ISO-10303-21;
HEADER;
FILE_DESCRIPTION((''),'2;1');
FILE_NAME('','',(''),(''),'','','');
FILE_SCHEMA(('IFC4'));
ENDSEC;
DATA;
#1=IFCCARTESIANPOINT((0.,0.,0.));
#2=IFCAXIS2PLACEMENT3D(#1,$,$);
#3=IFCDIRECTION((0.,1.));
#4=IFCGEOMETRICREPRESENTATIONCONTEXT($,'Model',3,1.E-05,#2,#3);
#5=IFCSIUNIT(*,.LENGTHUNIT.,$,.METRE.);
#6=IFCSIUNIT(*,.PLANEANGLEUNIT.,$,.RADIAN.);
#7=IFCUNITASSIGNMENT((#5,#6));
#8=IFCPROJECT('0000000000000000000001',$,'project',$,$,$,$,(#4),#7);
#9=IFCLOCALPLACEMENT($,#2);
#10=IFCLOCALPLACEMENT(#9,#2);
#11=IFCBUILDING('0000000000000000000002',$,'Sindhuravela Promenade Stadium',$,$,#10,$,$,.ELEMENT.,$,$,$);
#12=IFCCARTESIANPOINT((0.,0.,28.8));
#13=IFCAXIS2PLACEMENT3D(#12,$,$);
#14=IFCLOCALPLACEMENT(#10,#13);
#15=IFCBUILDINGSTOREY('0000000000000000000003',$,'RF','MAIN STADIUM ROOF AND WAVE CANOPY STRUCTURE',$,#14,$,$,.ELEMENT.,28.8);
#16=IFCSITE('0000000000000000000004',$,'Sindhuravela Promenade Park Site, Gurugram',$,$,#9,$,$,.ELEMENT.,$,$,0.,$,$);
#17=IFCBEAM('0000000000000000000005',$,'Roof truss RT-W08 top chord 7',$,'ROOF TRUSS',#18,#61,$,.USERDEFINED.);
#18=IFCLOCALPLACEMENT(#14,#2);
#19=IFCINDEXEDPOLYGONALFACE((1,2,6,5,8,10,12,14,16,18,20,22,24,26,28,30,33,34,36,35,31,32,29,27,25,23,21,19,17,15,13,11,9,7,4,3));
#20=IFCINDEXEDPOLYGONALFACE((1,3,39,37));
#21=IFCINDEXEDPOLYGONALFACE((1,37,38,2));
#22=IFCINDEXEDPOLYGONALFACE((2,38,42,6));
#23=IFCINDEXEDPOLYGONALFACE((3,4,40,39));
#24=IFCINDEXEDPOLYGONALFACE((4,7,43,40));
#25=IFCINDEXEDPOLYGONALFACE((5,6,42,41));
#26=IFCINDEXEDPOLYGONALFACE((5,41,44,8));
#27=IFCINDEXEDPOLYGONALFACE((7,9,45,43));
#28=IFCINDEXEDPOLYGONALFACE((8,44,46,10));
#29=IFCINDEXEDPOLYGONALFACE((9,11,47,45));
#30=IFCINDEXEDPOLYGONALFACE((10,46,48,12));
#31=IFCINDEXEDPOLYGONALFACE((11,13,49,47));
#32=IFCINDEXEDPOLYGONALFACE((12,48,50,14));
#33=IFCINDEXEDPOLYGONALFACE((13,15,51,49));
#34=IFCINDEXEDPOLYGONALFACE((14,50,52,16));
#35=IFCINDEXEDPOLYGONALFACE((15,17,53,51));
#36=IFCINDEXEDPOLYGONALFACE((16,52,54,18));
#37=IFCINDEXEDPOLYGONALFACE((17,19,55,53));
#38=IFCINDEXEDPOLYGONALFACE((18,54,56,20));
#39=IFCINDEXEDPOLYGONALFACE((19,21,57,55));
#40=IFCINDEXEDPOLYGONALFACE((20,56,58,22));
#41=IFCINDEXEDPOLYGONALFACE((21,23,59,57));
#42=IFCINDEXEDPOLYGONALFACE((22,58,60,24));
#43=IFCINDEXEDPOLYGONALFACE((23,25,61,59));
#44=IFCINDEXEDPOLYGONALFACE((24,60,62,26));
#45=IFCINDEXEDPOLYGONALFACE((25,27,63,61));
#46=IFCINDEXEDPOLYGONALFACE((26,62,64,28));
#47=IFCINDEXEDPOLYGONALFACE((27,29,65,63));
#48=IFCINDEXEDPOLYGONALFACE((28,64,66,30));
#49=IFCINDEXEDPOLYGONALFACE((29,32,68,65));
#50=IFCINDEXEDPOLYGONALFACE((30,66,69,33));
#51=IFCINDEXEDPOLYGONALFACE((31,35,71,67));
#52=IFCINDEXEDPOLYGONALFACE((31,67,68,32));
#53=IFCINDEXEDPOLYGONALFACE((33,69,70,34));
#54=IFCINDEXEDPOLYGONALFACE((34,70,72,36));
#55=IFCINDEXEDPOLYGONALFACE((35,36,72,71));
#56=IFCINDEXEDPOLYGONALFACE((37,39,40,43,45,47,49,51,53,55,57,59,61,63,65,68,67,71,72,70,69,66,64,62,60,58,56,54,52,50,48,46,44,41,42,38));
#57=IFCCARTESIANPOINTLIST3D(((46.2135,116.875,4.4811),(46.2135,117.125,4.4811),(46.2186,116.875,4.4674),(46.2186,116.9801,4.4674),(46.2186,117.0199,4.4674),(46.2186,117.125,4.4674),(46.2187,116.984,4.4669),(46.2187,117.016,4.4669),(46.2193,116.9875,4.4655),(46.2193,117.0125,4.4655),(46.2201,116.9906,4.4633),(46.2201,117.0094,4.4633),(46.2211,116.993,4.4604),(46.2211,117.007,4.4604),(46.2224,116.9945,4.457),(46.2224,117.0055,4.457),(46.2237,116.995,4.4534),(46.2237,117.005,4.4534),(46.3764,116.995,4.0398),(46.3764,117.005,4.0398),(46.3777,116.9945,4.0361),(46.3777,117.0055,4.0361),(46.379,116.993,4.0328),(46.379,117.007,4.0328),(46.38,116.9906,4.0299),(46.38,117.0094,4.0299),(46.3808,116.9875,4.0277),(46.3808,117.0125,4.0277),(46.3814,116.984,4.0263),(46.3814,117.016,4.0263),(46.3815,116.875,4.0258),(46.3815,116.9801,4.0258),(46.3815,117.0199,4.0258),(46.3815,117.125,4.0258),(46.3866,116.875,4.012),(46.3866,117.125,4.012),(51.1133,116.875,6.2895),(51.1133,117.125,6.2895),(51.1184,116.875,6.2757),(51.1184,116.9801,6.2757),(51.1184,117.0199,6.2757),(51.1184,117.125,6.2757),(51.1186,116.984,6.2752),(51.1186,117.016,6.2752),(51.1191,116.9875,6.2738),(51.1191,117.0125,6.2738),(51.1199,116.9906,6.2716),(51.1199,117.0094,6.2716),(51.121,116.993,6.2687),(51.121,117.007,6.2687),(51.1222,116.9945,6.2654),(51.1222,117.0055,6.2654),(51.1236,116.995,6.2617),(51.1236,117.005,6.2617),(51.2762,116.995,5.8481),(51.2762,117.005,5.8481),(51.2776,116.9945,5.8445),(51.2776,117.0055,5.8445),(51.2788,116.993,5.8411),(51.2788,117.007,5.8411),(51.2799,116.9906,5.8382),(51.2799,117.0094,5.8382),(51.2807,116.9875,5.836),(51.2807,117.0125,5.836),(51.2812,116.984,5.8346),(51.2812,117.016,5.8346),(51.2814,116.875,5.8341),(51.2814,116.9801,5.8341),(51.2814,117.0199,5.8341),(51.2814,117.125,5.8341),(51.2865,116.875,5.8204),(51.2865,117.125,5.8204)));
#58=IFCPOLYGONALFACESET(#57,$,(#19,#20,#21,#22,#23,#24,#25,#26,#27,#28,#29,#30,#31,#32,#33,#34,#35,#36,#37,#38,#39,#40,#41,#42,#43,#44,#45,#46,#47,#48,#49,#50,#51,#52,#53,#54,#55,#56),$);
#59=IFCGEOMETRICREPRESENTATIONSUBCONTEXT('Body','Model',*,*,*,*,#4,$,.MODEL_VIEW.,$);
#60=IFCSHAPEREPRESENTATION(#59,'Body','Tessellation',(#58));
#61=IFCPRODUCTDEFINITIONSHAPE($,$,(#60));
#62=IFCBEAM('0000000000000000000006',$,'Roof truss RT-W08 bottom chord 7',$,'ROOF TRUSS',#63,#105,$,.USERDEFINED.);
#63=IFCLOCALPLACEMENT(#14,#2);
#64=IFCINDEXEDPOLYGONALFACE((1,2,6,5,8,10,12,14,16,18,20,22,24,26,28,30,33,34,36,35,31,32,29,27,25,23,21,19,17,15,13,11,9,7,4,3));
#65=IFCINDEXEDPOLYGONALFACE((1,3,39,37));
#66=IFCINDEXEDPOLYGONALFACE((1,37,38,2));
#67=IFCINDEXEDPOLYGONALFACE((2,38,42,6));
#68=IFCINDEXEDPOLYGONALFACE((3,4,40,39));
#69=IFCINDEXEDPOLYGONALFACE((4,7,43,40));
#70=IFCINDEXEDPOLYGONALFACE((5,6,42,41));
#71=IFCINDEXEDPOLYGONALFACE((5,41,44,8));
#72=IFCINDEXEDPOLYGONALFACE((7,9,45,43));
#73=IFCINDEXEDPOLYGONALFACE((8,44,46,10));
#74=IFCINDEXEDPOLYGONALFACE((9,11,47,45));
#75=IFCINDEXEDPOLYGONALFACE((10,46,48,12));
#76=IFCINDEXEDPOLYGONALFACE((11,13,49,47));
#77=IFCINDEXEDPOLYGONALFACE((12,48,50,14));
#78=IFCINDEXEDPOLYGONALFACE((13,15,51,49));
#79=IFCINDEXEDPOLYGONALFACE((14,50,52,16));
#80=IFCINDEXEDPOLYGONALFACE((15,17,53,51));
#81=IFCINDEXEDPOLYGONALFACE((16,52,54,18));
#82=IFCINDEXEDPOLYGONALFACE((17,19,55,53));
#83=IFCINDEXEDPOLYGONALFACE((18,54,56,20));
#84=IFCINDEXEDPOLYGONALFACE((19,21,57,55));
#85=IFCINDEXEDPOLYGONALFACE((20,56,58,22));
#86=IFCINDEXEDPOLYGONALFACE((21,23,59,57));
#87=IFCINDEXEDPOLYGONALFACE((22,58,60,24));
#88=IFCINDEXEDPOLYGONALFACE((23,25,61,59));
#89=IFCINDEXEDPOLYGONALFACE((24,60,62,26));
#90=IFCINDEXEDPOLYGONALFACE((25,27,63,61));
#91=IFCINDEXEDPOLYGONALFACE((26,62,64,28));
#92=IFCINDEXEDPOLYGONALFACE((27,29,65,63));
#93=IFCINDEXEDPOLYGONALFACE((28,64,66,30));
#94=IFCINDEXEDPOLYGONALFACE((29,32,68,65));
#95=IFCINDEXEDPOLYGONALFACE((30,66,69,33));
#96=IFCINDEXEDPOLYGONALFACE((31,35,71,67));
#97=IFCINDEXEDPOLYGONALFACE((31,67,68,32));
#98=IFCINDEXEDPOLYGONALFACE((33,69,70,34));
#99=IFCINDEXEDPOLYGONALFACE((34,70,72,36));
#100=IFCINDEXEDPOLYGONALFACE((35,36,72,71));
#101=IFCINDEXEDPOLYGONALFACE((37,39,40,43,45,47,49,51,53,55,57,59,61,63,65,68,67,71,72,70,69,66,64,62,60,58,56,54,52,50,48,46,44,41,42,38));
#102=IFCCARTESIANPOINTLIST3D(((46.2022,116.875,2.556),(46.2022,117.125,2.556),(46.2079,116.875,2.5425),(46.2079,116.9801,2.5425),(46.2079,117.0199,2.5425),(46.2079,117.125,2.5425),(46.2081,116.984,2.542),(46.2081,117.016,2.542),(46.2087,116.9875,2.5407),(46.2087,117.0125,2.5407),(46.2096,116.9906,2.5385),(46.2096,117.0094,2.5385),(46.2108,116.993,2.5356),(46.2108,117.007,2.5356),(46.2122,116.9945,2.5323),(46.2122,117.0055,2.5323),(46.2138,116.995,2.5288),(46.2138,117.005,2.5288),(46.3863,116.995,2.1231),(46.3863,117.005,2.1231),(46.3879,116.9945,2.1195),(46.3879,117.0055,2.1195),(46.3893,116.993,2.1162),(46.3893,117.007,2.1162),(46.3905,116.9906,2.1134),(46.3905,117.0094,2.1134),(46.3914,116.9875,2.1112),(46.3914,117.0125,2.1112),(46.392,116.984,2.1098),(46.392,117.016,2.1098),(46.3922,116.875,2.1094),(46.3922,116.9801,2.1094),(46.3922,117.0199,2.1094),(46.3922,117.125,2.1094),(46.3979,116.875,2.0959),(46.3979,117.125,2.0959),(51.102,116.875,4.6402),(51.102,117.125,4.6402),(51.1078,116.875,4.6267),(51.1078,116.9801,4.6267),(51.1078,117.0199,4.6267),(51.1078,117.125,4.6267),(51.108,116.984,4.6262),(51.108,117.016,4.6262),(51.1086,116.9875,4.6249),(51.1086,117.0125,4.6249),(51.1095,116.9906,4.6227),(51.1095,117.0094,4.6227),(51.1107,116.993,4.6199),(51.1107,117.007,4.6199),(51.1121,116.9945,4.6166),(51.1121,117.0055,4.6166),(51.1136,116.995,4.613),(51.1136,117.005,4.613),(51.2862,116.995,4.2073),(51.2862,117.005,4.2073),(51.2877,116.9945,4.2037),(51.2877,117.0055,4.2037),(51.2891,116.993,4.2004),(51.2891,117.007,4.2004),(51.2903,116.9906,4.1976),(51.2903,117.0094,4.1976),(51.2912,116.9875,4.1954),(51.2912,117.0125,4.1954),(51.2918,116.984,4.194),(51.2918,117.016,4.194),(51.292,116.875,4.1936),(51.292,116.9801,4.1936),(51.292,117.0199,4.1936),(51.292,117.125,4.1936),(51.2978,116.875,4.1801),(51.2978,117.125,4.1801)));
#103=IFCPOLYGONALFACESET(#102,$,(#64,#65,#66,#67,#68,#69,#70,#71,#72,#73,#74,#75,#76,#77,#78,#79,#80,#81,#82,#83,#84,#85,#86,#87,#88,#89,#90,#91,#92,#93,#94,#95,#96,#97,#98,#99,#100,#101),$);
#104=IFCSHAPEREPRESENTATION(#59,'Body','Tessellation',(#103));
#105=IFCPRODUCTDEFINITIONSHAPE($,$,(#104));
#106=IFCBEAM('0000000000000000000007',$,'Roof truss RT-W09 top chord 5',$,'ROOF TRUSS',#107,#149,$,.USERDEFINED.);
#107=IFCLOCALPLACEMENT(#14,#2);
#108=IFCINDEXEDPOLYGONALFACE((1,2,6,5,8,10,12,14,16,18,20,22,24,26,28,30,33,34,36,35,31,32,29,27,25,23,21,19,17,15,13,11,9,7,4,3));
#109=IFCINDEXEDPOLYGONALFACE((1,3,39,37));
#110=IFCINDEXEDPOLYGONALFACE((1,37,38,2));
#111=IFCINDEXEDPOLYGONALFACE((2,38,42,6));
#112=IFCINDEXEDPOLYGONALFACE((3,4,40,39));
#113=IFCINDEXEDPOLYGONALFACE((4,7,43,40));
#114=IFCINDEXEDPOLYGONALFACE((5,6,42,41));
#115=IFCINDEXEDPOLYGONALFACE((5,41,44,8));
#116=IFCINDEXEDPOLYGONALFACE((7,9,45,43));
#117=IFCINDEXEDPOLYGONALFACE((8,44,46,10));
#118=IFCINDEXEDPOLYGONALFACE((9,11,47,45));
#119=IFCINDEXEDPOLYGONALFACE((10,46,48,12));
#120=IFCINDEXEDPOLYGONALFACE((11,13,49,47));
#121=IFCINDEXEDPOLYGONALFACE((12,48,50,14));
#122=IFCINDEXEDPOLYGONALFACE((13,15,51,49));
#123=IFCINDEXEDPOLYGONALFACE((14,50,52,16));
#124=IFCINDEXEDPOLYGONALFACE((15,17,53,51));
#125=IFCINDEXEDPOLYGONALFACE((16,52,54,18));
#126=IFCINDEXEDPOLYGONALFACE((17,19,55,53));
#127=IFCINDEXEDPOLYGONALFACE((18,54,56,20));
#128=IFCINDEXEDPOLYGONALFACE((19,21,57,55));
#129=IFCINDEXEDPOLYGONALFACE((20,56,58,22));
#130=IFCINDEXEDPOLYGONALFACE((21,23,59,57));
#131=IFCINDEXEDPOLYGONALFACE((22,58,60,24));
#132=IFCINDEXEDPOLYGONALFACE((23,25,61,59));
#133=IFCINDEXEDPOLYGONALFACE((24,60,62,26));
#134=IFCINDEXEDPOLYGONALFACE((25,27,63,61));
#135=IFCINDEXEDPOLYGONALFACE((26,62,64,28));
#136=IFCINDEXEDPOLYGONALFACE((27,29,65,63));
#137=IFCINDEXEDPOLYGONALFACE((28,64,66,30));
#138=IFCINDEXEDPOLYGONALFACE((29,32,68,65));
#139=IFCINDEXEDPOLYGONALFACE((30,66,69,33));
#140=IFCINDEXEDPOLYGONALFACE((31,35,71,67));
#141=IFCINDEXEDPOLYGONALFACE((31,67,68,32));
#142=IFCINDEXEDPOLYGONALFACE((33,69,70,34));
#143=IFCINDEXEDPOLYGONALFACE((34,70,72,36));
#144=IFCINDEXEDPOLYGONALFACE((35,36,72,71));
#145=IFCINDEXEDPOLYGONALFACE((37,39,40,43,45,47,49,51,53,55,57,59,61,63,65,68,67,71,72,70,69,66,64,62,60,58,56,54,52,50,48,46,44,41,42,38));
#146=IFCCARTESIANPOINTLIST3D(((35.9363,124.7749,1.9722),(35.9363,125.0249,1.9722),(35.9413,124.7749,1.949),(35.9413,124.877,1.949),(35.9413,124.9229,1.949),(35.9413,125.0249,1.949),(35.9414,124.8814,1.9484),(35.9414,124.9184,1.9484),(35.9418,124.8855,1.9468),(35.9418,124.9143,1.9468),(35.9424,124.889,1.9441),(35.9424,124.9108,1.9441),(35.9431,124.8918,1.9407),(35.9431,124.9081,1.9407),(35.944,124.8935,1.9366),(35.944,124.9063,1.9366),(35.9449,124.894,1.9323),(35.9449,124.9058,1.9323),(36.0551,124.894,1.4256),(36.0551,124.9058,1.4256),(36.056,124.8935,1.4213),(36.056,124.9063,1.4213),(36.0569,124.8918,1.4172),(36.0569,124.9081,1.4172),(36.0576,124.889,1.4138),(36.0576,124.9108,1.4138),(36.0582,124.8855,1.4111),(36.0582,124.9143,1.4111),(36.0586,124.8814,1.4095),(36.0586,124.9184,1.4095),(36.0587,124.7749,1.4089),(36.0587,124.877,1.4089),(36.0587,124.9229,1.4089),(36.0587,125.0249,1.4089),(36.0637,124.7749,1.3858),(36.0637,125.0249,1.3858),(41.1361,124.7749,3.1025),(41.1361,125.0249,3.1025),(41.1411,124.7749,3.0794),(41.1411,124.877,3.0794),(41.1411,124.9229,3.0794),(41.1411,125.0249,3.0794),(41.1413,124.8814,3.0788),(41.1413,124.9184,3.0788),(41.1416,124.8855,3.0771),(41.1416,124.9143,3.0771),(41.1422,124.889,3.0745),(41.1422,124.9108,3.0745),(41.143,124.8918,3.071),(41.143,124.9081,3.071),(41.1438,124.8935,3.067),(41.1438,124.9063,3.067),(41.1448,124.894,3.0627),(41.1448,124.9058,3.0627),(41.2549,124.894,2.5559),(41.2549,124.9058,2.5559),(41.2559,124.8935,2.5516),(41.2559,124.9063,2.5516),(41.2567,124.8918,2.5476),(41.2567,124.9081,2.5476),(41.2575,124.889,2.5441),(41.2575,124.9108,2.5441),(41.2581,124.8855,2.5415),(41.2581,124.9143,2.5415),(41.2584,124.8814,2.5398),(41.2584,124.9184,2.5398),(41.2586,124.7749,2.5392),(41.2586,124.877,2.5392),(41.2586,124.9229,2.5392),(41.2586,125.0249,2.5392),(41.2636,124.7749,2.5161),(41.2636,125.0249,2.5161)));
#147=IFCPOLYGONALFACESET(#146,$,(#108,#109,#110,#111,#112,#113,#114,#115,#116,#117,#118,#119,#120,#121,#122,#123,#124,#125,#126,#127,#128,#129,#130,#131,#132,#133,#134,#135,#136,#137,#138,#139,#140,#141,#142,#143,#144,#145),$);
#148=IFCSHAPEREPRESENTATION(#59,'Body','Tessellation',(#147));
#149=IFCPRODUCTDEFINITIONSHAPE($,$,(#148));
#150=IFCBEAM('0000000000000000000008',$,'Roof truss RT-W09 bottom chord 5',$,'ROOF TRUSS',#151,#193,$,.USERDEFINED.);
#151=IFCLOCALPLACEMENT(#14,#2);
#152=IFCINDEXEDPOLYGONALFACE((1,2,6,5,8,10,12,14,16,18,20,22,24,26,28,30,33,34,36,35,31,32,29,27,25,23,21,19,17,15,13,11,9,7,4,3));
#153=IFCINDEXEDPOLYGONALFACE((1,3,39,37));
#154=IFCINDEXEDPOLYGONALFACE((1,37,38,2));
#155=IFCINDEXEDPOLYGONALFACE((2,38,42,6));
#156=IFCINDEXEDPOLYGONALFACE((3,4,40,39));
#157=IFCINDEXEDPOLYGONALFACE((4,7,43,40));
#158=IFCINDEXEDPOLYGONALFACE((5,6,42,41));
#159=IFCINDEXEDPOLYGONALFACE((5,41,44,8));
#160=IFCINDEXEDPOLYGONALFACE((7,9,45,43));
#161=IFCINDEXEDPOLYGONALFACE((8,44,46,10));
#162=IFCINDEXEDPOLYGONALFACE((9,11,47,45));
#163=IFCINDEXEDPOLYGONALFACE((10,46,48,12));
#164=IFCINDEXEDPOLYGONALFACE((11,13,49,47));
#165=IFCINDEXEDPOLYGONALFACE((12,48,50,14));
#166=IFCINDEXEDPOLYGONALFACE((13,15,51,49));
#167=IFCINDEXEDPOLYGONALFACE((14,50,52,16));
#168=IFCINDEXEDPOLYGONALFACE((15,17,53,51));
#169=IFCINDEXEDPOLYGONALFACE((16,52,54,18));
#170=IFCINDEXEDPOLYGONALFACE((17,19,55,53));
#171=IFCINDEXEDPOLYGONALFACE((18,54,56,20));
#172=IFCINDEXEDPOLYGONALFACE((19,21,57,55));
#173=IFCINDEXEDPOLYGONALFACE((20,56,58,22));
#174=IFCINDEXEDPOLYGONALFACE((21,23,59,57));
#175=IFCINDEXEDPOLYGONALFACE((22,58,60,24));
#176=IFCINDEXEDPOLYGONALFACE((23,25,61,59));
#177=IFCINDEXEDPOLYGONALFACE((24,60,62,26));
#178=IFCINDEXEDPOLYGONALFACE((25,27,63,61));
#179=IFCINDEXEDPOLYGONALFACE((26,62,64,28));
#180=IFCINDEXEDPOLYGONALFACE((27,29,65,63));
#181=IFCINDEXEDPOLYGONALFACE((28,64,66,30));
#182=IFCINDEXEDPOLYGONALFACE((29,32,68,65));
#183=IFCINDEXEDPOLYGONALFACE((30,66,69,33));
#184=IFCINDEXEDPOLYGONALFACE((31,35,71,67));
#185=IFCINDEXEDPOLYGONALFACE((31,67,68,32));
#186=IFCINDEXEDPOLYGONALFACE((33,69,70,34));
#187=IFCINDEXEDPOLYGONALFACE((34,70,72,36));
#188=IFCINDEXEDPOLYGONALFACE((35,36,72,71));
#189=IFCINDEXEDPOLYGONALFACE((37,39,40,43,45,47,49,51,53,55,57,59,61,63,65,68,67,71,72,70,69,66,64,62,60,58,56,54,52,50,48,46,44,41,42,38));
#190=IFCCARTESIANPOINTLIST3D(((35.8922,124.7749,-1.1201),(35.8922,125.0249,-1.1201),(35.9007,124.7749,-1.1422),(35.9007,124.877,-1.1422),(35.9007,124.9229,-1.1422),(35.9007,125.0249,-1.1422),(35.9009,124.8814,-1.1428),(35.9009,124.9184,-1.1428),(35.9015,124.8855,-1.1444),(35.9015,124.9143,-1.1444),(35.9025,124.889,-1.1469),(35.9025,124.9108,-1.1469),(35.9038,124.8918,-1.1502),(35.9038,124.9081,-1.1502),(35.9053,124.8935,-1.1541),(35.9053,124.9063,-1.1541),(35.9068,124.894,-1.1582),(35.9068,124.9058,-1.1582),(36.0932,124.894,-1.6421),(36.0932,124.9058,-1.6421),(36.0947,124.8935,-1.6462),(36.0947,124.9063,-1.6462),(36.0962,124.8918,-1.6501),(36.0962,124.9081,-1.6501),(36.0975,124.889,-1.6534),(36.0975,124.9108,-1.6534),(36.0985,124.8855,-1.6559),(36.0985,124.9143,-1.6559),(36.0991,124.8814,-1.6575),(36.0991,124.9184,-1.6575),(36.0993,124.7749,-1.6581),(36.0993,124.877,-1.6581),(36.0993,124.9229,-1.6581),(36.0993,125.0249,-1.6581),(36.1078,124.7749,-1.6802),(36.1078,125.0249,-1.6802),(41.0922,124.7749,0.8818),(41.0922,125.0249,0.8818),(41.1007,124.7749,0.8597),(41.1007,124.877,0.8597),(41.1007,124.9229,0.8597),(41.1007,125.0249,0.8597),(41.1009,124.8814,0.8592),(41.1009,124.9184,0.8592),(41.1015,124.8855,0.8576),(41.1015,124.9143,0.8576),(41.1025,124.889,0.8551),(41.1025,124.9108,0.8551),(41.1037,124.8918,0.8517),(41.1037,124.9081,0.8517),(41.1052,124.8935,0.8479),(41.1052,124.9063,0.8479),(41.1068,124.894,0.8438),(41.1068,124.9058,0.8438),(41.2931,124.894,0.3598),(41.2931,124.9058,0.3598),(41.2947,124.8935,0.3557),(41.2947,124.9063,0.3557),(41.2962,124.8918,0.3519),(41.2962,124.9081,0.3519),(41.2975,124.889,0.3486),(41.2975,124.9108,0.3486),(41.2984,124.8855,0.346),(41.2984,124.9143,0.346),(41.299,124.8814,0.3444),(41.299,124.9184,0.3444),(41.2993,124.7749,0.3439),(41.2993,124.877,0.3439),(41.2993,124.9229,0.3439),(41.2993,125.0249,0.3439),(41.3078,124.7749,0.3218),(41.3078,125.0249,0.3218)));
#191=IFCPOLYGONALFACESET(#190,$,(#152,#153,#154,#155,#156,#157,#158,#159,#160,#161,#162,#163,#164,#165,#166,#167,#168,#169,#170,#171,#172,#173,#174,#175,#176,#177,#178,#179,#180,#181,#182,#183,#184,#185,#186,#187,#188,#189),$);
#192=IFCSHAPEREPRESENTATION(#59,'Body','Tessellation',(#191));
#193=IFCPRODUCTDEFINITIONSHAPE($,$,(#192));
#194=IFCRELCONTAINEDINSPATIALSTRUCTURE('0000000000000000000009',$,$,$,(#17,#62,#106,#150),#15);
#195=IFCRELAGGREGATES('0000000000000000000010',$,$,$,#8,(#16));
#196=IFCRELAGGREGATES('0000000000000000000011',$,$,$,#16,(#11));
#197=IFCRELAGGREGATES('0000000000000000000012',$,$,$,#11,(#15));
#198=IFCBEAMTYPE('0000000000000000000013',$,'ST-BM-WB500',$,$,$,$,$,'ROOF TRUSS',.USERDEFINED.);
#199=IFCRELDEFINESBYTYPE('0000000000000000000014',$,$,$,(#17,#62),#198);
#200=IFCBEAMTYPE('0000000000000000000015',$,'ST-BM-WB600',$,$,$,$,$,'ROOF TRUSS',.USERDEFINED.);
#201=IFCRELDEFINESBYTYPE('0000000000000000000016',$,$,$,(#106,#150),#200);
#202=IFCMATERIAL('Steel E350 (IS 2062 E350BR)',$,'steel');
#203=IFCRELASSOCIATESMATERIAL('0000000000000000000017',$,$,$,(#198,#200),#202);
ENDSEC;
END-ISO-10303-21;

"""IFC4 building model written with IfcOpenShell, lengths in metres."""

from ifc_helpers import new_model, si_unit, direction, frame, origin, origin_2d, place, context, subcontext, project, spatial, i_section, extrude, material, material_profile, profile_set, type_object, element, save


model = new_model("IFC4")

# Units and contexts
model_context = context("Model", 3, precision=1e-05, world=origin(), true_north=direction((0.0, 1.0)))
body_context = subcontext(model_context, "Body", "Model", "MODEL_VIEW")
ifc_project = project(units=[si_unit("LENGTHUNIT", "METRE"), si_unit("PLANEANGLEUNIT", "RADIAN")], contexts=[model_context])

# Site, building, storey
site_placement = place(None, origin())
site = spatial("IfcSite", under=ifc_project, at=site_placement, Name="Sindhuravela Promenade Park Site, Gurugram", CompositionType="ELEMENT", RefElevation=0.0)
building_placement = place(site_placement, origin())
building = spatial("IfcBuilding", under=site, at=building_placement, Name="Sindhuravela Promenade Stadium", CompositionType="ELEMENT")
storey_placement = place(building_placement, frame((0.0, 0.0, 28.8)))
storey = spatial("IfcBuildingStorey", under=building, at=storey_placement, Name="RF", Description="MAIN STADIUM ROOF AND WAVE CANOPY STRUCTURE", CompositionType="ELEMENT", Elevation=28.8)

# Beams
ifc_material_1 = material(Name="Steel E350 (IS 2062 E350BR)", Category="steel")
ifc_material_profile_1 = material_profile(ifc_material_1, i_section(OverallWidth=0.25, OverallDepth=0.5, WebThickness=0.01, FlangeThickness=0.0146, FilletRadius=0.0149, at=origin_2d()), Name="ISWB 500")
ifc_profile_set_1 = profile_set([ifc_material_profile_1], Name="Steel E350 (IS 2062 E350BR)")
beam_type_1 = type_object("IfcBeamType", Name="ST-BM-WB500", ElementType="ROOF TRUSS", PredefinedType="USERDEFINED", material=ifc_profile_set_1)
beam_1_placement = place(storey_placement, frame((46.3, 117.0, 4.2466), z_axis=(0.938149, 0.0, 0.346232), x_axis=(0.0, 1.0, 0.0)))
element("IfcBeam", 1, at=beam_1_placement, inside=storey, type_object=beam_type_1, Name="Roof truss RT-W08 top chord 7", ObjectType="ROOF TRUSS", PredefinedType="USERDEFINED", context=body_context, shape_type="SweptSolid", body=[
    extrude(i_section(OverallWidth=0.25, OverallDepth=0.5, WebThickness=0.01, FlangeThickness=0.0146, FilletRadius=0.0149, at=origin_2d()), origin(), (0.0, 0.0, 1.0), 5.2229),
])
beam_2_placement = place(storey_placement, frame((46.3, 117.0, 2.3259), z_axis=(0.920211, 0.0, 0.391422), x_axis=(0.0, 1.0, 0.0)))
element("IfcBeam", 2, at=beam_2_placement, inside=storey, type_object=beam_type_1, Name="Roof truss RT-W08 bottom chord 7", ObjectType="ROOF TRUSS", PredefinedType="USERDEFINED", context=body_context, shape_type="SweptSolid", body=[
    extrude(i_section(OverallWidth=0.25, OverallDepth=0.5, WebThickness=0.01, FlangeThickness=0.0146, FilletRadius=0.0149, at=origin_2d()), origin(), (0.0, 0.0, 1.0), 5.3247),
])
ifc_material_profile_2 = material_profile(ifc_material_1, i_section(OverallWidth=0.25, OverallDepth=0.6001, WebThickness=0.0117, FlangeThickness=0.0237, FilletRadius=0.0171, at=origin_2d()), Name="ISWB 600")
ifc_profile_set_2 = profile_set([ifc_material_profile_2], Name="Steel E350 (IS 2062 E350BR)")
beam_type_2 = type_object("IfcBeamType", Name="ST-BM-WB600", ElementType="ROOF TRUSS", PredefinedType="USERDEFINED", material=ifc_profile_set_2)
beam_3_placement = place(storey_placement, frame((36.0, 124.8999, 1.679), z_axis=(0.977178, 0.0, 0.21242), x_axis=(0.0, 1.0, 0.0)))
element("IfcBeam", 3, at=beam_3_placement, inside=storey, type_object=beam_type_2, Name="Roof truss RT-W09 top chord 5", ObjectType="ROOF TRUSS", PredefinedType="USERDEFINED", context=body_context, shape_type="SweptSolid", body=[
    extrude(i_section(OverallWidth=0.25, OverallDepth=0.6001, WebThickness=0.0117, FlangeThickness=0.0237, FilletRadius=0.0171, at=origin_2d()), origin(), (0.0, 0.0, 1.0), 5.3213),
])
beam_4_placement = place(storey_placement, frame((36.0, 124.8999, -1.4001), z_axis=(0.933227, 0.0, 0.359287), x_axis=(0.0, 1.0, 0.0)))
element("IfcBeam", 4, at=beam_4_placement, inside=storey, type_object=beam_type_2, Name="Roof truss RT-W09 bottom chord 5", ObjectType="ROOF TRUSS", PredefinedType="USERDEFINED", context=body_context, shape_type="SweptSolid", body=[
    extrude(i_section(OverallWidth=0.25, OverallDepth=0.6001, WebThickness=0.0117, FlangeThickness=0.0237, FilletRadius=0.0171, at=origin_2d()), origin(), (0.0, 0.0, 1.0), 5.572),
])

save(model, "model.ifc")
